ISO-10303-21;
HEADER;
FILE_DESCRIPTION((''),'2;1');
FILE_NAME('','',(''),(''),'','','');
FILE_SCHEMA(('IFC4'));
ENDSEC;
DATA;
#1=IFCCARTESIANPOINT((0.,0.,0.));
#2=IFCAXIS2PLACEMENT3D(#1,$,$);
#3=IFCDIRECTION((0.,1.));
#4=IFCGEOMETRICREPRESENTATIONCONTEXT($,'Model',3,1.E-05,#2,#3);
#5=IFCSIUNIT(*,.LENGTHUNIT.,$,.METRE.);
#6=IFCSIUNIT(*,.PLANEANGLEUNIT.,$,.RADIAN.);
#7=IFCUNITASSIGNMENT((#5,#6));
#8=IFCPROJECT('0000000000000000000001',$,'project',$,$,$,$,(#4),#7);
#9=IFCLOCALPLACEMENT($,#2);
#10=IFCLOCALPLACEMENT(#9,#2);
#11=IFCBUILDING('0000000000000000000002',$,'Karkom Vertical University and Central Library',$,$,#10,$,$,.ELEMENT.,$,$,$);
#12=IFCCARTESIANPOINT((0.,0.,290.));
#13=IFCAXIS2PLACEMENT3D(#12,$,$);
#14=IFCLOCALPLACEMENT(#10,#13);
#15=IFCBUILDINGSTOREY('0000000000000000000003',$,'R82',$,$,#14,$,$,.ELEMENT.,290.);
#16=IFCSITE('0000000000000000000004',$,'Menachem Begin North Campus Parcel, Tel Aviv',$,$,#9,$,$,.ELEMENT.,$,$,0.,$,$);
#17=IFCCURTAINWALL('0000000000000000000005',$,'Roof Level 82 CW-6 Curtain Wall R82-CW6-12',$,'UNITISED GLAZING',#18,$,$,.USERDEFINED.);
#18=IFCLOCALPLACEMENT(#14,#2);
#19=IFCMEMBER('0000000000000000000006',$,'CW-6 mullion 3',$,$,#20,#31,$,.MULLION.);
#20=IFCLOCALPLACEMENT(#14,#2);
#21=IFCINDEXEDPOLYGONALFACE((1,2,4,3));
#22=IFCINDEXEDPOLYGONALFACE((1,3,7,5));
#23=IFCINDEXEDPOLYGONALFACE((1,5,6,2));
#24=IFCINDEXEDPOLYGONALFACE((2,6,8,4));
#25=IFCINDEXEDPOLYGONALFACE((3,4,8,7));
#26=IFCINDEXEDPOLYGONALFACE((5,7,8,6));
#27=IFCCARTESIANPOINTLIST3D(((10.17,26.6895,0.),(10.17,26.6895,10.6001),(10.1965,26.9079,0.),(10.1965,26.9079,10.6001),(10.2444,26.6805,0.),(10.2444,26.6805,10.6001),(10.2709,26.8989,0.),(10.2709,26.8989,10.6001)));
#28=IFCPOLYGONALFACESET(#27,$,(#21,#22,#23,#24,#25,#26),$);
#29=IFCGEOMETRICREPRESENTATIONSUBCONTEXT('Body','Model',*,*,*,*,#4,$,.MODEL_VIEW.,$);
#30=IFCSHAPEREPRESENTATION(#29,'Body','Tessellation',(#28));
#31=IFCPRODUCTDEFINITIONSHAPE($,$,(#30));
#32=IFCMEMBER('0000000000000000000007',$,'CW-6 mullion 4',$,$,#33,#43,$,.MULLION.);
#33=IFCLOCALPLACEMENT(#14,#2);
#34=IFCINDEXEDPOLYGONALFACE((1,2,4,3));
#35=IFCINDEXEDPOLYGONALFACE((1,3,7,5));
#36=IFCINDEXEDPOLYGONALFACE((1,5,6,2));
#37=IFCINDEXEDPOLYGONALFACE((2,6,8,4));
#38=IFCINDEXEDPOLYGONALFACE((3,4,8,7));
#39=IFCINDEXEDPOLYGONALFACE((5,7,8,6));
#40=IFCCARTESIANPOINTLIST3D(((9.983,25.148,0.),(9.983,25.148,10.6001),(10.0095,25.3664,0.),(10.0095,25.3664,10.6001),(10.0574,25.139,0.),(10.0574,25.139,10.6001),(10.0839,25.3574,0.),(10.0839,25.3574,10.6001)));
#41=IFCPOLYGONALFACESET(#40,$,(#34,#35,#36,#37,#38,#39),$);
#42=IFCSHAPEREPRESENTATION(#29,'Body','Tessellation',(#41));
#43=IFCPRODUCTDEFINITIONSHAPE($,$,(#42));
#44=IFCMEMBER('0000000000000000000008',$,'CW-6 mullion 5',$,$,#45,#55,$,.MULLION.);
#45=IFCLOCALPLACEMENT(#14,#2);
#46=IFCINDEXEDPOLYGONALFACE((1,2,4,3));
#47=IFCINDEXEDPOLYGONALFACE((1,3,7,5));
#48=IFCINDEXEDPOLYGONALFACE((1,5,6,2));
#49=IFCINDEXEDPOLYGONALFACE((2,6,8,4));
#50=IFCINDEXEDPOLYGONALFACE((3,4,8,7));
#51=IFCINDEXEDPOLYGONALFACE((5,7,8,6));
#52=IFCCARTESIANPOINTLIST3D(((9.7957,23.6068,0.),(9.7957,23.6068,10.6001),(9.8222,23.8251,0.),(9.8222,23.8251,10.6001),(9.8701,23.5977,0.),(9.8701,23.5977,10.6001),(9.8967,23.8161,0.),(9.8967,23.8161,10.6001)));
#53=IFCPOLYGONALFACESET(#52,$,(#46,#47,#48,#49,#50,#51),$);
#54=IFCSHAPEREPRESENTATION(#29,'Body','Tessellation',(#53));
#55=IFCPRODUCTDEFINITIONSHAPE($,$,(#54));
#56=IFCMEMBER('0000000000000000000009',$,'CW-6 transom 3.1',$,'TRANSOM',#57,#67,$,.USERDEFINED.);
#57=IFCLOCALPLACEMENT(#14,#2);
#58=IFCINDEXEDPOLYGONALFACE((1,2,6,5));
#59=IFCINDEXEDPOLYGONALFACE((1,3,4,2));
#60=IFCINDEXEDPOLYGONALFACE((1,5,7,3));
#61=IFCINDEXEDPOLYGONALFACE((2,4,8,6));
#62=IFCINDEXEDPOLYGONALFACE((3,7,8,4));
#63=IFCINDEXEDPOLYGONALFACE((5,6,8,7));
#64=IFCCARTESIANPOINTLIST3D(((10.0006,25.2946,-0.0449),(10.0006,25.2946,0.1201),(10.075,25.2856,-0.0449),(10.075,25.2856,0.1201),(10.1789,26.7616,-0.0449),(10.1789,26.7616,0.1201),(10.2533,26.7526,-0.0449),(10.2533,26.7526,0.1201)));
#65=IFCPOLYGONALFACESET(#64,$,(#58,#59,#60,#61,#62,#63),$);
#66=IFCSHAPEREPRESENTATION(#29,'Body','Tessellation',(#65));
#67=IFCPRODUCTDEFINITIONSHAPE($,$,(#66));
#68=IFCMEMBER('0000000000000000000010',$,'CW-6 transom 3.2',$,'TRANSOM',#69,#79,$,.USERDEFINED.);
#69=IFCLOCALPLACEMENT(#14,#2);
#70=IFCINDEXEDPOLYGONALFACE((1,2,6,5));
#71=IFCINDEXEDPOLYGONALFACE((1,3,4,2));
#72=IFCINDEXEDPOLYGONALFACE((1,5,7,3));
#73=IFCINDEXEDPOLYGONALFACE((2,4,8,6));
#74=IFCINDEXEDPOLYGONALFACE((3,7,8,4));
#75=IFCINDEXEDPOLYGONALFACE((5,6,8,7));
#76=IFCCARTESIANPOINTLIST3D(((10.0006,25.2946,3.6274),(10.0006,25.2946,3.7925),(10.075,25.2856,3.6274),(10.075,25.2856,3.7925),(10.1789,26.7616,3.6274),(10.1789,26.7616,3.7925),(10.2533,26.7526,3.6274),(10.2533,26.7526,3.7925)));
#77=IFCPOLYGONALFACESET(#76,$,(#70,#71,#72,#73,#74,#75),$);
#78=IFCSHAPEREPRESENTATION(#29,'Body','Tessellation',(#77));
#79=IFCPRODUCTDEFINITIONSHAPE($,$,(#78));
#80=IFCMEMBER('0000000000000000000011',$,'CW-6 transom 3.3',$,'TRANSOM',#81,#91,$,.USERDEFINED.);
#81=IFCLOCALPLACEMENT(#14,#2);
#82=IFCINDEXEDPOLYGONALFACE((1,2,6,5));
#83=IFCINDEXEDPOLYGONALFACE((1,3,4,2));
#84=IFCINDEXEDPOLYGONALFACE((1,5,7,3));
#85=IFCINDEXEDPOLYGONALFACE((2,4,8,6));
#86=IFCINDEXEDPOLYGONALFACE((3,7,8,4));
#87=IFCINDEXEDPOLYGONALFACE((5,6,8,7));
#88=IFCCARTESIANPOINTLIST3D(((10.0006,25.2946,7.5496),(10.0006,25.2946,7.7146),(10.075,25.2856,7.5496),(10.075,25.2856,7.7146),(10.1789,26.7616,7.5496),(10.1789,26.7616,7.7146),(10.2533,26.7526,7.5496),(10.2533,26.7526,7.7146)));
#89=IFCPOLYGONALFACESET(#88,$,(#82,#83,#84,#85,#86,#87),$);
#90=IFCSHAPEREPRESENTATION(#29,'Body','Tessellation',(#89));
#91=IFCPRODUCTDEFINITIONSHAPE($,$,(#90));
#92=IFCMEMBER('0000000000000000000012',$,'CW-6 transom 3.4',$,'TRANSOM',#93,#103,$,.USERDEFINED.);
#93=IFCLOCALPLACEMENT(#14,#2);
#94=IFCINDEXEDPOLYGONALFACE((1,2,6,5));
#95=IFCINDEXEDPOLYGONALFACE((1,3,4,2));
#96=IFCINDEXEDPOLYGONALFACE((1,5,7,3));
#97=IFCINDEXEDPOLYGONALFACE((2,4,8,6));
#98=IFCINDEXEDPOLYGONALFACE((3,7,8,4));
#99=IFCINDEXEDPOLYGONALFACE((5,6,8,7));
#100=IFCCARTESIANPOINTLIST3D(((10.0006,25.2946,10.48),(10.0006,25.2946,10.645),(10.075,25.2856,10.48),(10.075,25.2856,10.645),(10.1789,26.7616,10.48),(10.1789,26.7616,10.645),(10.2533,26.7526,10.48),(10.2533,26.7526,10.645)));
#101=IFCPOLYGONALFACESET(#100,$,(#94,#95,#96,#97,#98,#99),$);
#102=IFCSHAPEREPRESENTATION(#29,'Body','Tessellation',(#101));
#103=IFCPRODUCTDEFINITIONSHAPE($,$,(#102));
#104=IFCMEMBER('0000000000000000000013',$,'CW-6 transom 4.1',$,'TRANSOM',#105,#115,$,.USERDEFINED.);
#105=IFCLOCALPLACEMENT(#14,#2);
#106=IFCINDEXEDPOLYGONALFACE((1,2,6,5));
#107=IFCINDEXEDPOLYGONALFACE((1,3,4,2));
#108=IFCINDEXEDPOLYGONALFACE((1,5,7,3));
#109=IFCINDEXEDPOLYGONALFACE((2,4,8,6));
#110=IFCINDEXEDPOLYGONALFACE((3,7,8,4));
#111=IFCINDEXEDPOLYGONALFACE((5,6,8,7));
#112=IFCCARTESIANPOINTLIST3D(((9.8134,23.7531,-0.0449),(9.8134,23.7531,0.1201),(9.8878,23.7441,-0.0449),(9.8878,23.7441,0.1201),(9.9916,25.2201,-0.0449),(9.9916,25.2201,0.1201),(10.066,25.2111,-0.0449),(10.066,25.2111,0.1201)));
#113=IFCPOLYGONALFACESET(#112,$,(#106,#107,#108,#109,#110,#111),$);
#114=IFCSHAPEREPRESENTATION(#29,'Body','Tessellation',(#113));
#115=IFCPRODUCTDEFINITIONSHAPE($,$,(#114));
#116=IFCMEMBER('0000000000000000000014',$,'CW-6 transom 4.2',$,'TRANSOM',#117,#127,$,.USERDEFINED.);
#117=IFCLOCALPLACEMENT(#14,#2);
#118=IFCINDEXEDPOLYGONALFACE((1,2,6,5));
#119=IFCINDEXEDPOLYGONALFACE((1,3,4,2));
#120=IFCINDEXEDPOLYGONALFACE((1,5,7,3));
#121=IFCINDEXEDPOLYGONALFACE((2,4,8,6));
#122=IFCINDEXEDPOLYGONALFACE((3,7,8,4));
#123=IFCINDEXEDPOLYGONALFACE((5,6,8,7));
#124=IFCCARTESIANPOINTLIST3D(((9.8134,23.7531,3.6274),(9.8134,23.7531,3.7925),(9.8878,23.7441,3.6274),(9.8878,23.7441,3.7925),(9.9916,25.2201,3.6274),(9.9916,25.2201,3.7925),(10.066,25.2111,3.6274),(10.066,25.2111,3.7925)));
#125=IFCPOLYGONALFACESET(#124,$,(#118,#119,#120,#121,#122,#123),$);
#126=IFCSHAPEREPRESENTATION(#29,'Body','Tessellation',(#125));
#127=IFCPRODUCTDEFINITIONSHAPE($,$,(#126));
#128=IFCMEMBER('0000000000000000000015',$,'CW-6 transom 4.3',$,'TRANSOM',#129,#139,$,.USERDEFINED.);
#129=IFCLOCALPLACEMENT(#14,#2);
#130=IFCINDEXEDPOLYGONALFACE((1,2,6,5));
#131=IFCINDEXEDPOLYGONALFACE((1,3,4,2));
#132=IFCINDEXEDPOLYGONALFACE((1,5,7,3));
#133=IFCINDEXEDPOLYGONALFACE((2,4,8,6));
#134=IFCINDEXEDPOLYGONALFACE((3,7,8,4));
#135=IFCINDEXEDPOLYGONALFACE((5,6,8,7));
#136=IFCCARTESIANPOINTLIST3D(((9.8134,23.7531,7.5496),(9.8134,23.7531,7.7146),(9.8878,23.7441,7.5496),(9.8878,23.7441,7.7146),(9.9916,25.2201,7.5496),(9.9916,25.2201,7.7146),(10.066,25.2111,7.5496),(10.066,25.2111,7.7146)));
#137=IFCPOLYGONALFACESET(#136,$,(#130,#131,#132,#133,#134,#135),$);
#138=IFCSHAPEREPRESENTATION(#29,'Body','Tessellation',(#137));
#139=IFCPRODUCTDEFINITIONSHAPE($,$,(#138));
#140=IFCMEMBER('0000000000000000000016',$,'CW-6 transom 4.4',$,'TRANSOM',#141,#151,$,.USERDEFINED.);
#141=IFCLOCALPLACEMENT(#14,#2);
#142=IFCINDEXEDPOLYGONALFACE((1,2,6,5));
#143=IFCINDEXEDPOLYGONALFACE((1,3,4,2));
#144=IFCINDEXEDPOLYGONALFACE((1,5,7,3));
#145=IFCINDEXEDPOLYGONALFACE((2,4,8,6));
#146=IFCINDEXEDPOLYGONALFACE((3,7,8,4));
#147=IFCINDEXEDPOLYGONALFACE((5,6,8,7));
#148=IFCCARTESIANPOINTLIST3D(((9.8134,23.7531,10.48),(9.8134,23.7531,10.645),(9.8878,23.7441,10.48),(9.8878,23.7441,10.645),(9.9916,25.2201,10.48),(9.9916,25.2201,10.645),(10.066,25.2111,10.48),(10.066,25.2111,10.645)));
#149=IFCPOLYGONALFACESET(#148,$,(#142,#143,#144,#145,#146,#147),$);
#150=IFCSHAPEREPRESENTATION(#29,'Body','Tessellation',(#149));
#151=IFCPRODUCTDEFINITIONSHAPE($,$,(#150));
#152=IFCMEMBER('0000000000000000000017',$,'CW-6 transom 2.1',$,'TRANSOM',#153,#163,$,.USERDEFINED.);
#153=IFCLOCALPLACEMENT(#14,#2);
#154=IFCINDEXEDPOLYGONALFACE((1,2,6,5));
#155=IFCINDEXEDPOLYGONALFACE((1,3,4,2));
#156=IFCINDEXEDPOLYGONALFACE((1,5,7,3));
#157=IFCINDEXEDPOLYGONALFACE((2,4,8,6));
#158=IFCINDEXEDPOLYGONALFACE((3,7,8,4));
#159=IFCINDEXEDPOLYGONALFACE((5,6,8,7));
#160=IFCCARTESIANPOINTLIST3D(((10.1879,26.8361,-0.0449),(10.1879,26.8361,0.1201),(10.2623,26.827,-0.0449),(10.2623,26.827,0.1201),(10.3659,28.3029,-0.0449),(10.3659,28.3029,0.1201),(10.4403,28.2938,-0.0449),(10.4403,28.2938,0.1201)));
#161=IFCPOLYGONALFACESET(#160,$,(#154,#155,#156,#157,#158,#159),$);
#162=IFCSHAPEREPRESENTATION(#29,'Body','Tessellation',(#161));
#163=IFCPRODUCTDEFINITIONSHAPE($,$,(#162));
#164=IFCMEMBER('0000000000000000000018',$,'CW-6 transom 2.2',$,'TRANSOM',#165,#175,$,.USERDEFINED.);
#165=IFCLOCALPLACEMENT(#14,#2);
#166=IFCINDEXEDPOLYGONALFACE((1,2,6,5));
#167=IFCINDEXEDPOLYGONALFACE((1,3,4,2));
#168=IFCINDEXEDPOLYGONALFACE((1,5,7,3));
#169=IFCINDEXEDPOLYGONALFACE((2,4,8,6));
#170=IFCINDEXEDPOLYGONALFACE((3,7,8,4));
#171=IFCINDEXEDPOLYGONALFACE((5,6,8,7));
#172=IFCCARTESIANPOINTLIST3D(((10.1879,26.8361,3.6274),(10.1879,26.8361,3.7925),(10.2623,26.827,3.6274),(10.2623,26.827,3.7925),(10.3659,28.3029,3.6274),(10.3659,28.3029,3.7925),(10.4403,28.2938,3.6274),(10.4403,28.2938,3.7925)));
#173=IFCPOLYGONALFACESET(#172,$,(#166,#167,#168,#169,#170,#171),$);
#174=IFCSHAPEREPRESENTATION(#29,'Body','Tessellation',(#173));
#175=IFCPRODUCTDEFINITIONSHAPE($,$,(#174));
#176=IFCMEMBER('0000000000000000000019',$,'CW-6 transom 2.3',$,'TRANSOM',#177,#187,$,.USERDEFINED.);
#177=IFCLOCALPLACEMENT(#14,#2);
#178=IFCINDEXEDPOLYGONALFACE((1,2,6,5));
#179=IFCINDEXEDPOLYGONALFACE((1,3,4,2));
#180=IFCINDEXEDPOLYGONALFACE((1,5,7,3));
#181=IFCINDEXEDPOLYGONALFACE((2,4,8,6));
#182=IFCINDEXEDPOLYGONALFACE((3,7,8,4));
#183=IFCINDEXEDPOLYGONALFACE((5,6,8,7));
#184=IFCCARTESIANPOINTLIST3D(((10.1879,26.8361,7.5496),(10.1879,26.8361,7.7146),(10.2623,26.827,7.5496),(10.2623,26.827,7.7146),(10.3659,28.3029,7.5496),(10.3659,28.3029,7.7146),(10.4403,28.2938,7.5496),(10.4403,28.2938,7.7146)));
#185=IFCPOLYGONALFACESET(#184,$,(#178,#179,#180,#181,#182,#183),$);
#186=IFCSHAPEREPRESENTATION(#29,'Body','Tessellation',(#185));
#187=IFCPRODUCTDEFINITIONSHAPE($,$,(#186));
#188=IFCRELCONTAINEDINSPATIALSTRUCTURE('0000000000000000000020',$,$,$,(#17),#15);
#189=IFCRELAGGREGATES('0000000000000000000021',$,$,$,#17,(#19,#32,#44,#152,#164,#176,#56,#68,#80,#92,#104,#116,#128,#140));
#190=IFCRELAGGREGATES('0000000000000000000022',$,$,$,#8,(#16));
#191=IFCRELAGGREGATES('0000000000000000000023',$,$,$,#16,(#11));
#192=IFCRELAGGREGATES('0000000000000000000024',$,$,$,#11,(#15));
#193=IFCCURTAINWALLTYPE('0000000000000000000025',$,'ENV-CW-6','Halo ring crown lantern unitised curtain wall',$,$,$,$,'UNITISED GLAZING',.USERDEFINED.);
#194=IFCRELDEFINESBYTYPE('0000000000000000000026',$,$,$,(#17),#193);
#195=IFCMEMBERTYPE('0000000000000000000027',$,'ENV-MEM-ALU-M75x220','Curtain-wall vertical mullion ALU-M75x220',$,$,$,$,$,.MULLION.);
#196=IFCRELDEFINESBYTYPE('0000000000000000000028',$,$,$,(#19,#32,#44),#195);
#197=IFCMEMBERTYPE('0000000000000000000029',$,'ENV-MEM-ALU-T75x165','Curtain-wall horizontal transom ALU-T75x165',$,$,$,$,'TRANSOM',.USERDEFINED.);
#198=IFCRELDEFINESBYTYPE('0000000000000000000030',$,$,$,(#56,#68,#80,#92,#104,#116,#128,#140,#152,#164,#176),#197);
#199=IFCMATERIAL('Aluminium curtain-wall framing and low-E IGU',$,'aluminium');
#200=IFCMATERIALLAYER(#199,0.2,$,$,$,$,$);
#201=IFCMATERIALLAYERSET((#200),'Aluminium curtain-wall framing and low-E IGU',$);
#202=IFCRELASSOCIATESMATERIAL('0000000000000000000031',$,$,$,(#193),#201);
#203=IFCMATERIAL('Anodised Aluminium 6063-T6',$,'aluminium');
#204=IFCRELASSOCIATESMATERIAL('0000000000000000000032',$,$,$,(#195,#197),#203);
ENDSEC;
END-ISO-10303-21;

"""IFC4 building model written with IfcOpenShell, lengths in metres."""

from ifc_helpers import new_model, si_unit, direction, frame, origin, origin_with_axes, origin_2d, place, context, subcontext, project, spatial, rectangle, extrude, source, transform, mapped, material, layer, layer_set, material_profile, profile_set, type_object, element, aggregate, save


model = new_model("IFC4")

# Units and contexts
model_context = context("Model", 3, precision=1e-05, world=origin(), true_north=direction((0.0, 1.0)))
body_context = subcontext(model_context, "Body", "Model", "MODEL_VIEW")
ifc_project = project(units=[si_unit("LENGTHUNIT", "METRE"), si_unit("PLANEANGLEUNIT", "RADIAN")], contexts=[model_context])

# Site, building, storey
site_placement = place(None, origin())
site = spatial("IfcSite", under=ifc_project, at=site_placement, Name="Menachem Begin North Campus Parcel, Tel Aviv", CompositionType="ELEMENT", RefElevation=0.0)
building_placement = place(site_placement, origin())
building = spatial("IfcBuilding", under=site, at=building_placement, Name="Karkom Vertical University and Central Library", CompositionType="ELEMENT")
storey_placement = place(building_placement, frame((0.0, 0.0, 290.0)))
storey = spatial("IfcBuildingStorey", under=building, at=storey_placement, Name="R82", CompositionType="ELEMENT", Elevation=290.0)

# Curtain wall, members
ifc_material_1 = material(Name="Aluminium curtain-wall framing and low-E IGU", Category="aluminium")
ifc_layer_1 = layer(ifc_material_1, 0.2)
ifc_layer_set_1 = layer_set([ifc_layer_1], Name="Aluminium curtain-wall framing and low-E IGU")
curtain_wall_type = type_object("IfcCurtainWallType", Name="ENV-CW-6", Description="Halo ring crown lantern unitised curtain wall", ElementType="UNITISED GLAZING", PredefinedType="USERDEFINED", material=ifc_layer_set_1)
curtain_wall_placement = place(storey_placement, origin())
curtain_wall = element("IfcCurtainWall", 1, at=curtain_wall_placement, inside=storey, type_object=curtain_wall_type, Name="Roof Level 82 CW-6 Curtain Wall R82-CW6-12", ObjectType="UNITISED GLAZING", PredefinedType="USERDEFINED")
ifc_material_2 = material(Name="Anodised Aluminium 6063-T6", Category="aluminium")
ifc_material_profile_1 = material_profile(ifc_material_2, rectangle(XDim=0.075, YDim=0.22, at=origin_2d()), Name="ALU-M75x220")
ifc_profile_set_1 = profile_set([ifc_material_profile_1], Name="Anodised Aluminium 6063-T6")
member_type_1 = type_object("IfcMemberType", Name="ENV-MEM-ALU-M75x220", Description="Curtain-wall vertical mullion ALU-M75x220", PredefinedType="MULLION", material=ifc_profile_set_1)
shared_shape_1 = source(origin_with_axes(), body_context, "Body", "SweptSolid", [
    extrude(rectangle(XDim=0.075, YDim=0.22, at=origin_2d()), origin(), (0.0, 0.0, 1.0), 10.6001),
])
member_1_placement = place(storey_placement, frame((10.2205, 26.7942, 0.0), z_axis=(0.0, 0.0, 1.0), x_axis=(0.992707, -0.120553, 0.0)))
member_1 = element("IfcMember", 2, at=member_1_placement, type_object=member_type_1, Name="CW-6 mullion 3", PredefinedType="MULLION", context=body_context, shape_type="MappedRepresentation", body=[
    mapped(shared_shape_1, transform((0.0, 0.0, 0.0), scale=1.0)),
])
member_2_placement = place(storey_placement, frame((10.0334, 25.2527, 0.0), z_axis=(0.0, 0.0, 1.0), x_axis=(0.992707, -0.120553, 0.0)))
member_2 = element("IfcMember", 3, at=member_2_placement, type_object=member_type_1, Name="CW-6 mullion 4", PredefinedType="MULLION", context=body_context, shape_type="MappedRepresentation", body=[
    mapped(shared_shape_1, transform((0.0, 0.0, 0.0), scale=1.0)),
])
member_3_placement = place(storey_placement, frame((9.8462, 23.7114, 0.0), z_axis=(0.0, 0.0, 1.0), x_axis=(0.992707, -0.120553, 0.0)))
member_3 = element("IfcMember", 4, at=member_3_placement, type_object=member_type_1, Name="CW-6 mullion 5", PredefinedType="MULLION", context=body_context, shape_type="MappedRepresentation", body=[
    mapped(shared_shape_1, transform((0.0, 0.0, 0.0), scale=1.0)),
])
ifc_material_profile_2 = material_profile(ifc_material_2, rectangle(XDim=0.075, YDim=0.165, at=origin_2d()), Name="ALU-T75x165")
ifc_profile_set_2 = profile_set([ifc_material_profile_2], Name="Anodised Aluminium 6063-T6")
member_type_2 = type_object("IfcMemberType", Name="ENV-MEM-ALU-T75x165", Description="Curtain-wall horizontal transom ALU-T75x165", ElementType="TRANSOM", PredefinedType="USERDEFINED", material=ifc_profile_set_2)
shared_shape_2 = source(origin_with_axes(), body_context, "Body", "SweptSolid", [
    extrude(rectangle(XDim=0.075, YDim=0.165, at=origin_2d()), origin(), (0.0, 0.0, 1.0), 1.4778),
])
member_4_placement = place(storey_placement, frame((10.2161, 26.7571, 0.0376), z_axis=(-0.120598, -0.992701, 0.0), x_axis=(0.992701, -0.120598, 0.0)))
member_4 = element("IfcMember", 5, at=member_4_placement, type_object=member_type_2, Name="CW-6 transom 3.1", ObjectType="TRANSOM", PredefinedType="USERDEFINED", context=body_context, shape_type="MappedRepresentation", body=[
    mapped(shared_shape_2, transform((0.0, 0.0, 0.0), scale=1.0)),
])
member_5_placement = place(storey_placement, frame((10.2161, 26.7571, 3.71), z_axis=(-0.120598, -0.992701, 0.0), x_axis=(0.992701, -0.120598, 0.0)))
member_5 = element("IfcMember", 6, at=member_5_placement, type_object=member_type_2, Name="CW-6 transom 3.2", ObjectType="TRANSOM", PredefinedType="USERDEFINED", context=body_context, shape_type="MappedRepresentation", body=[
    mapped(shared_shape_2, transform((0.0, 0.0, 0.0), scale=1.0)),
])
member_6_placement = place(storey_placement, frame((10.2161, 26.7571, 7.6321), z_axis=(-0.120598, -0.992701, 0.0), x_axis=(0.992701, -0.120598, 0.0)))
member_6 = element("IfcMember", 7, at=member_6_placement, type_object=member_type_2, Name="CW-6 transom 3.3", ObjectType="TRANSOM", PredefinedType="USERDEFINED", context=body_context, shape_type="MappedRepresentation", body=[
    mapped(shared_shape_2, transform((0.0, 0.0, 0.0), scale=1.0)),
])
member_7_placement = place(storey_placement, frame((10.2161, 26.7571, 10.5625), z_axis=(-0.120598, -0.992701, 0.0), x_axis=(0.992701, -0.120598, 0.0)))
member_7 = element("IfcMember", 8, at=member_7_placement, type_object=member_type_2, Name="CW-6 transom 3.4", ObjectType="TRANSOM", PredefinedType="USERDEFINED", context=body_context, shape_type="MappedRepresentation", body=[
    mapped(shared_shape_2, transform((0.0, 0.0, 0.0), scale=1.0)),
])
member_8_placement = place(storey_placement, frame((10.0288, 25.2156, 0.0376), z_axis=(-0.120598, -0.992701, 0.0), x_axis=(0.992701, -0.120598, 0.0)))
member_8 = element("IfcMember", 9, at=member_8_placement, type_object=member_type_2, Name="CW-6 transom 4.1", ObjectType="TRANSOM", PredefinedType="USERDEFINED", context=body_context, shape_type="MappedRepresentation", body=[
    mapped(shared_shape_2, transform((0.0, 0.0, 0.0), scale=1.0)),
])
member_9_placement = place(storey_placement, frame((10.0288, 25.2156, 3.71), z_axis=(-0.120598, -0.992701, 0.0), x_axis=(0.992701, -0.120598, 0.0)))
member_9 = element("IfcMember", 10, at=member_9_placement, type_object=member_type_2, Name="CW-6 transom 4.2", ObjectType="TRANSOM", PredefinedType="USERDEFINED", context=body_context, shape_type="MappedRepresentation", body=[
    mapped(shared_shape_2, transform((0.0, 0.0, 0.0), scale=1.0)),
])
member_10_placement = place(storey_placement, frame((10.0288, 25.2156, 7.6321), z_axis=(-0.120598, -0.992701, 0.0), x_axis=(0.992701, -0.120598, 0.0)))
member_10 = element("IfcMember", 11, at=member_10_placement, type_object=member_type_2, Name="CW-6 transom 4.3", ObjectType="TRANSOM", PredefinedType="USERDEFINED", context=body_context, shape_type="MappedRepresentation", body=[
    mapped(shared_shape_2, transform((0.0, 0.0, 0.0), scale=1.0)),
])
member_11_placement = place(storey_placement, frame((10.0288, 25.2156, 10.5625), z_axis=(-0.120598, -0.992701, 0.0), x_axis=(0.992701, -0.120598, 0.0)))
member_11 = element("IfcMember", 12, at=member_11_placement, type_object=member_type_2, Name="CW-6 transom 4.4", ObjectType="TRANSOM", PredefinedType="USERDEFINED", context=body_context, shape_type="MappedRepresentation", body=[
    mapped(shared_shape_2, transform((0.0, 0.0, 0.0), scale=1.0)),
])
shared_shape_3 = source(origin_with_axes(), body_context, "Body", "SweptSolid", [
    extrude(rectangle(XDim=0.075, YDim=0.165, at=origin_2d()), origin(), (0.0, 0.0, 1.0), 1.4775),
])
member_12_placement = place(storey_placement, frame((10.4031, 28.2983, 0.0376), z_axis=(-0.120455, -0.992719, 0.0), x_axis=(0.992719, -0.120455, 0.0)))
member_12 = element("IfcMember", 13, at=member_12_placement, type_object=member_type_2, Name="CW-6 transom 2.1", ObjectType="TRANSOM", PredefinedType="USERDEFINED", context=body_context, shape_type="MappedRepresentation", body=[
    mapped(shared_shape_3, transform((0.0, 0.0, 0.0), scale=1.0)),
])
member_13_placement = place(storey_placement, frame((10.4031, 28.2983, 3.71), z_axis=(-0.120455, -0.992719, 0.0), x_axis=(0.992719, -0.120455, 0.0)))
member_13 = element("IfcMember", 14, at=member_13_placement, type_object=member_type_2, Name="CW-6 transom 2.2", ObjectType="TRANSOM", PredefinedType="USERDEFINED", context=body_context, shape_type="MappedRepresentation", body=[
    mapped(shared_shape_3, transform((0.0, 0.0, 0.0), scale=1.0)),
])
member_14_placement = place(storey_placement, frame((10.4031, 28.2983, 7.6321), z_axis=(-0.120455, -0.992719, 0.0), x_axis=(0.992719, -0.120455, 0.0)))
member_14 = element("IfcMember", 15, at=member_14_placement, type_object=member_type_2, Name="CW-6 transom 2.3", ObjectType="TRANSOM", PredefinedType="USERDEFINED", context=body_context, shape_type="MappedRepresentation", body=[
    mapped(shared_shape_3, transform((0.0, 0.0, 0.0), scale=1.0)),
])
aggregate(curtain_wall, [member_1, member_2, member_3, member_12, member_13, member_14, member_4, member_5, member_6, member_7, member_8, member_9, member_10, member_11])

save(model, "model.ifc")
